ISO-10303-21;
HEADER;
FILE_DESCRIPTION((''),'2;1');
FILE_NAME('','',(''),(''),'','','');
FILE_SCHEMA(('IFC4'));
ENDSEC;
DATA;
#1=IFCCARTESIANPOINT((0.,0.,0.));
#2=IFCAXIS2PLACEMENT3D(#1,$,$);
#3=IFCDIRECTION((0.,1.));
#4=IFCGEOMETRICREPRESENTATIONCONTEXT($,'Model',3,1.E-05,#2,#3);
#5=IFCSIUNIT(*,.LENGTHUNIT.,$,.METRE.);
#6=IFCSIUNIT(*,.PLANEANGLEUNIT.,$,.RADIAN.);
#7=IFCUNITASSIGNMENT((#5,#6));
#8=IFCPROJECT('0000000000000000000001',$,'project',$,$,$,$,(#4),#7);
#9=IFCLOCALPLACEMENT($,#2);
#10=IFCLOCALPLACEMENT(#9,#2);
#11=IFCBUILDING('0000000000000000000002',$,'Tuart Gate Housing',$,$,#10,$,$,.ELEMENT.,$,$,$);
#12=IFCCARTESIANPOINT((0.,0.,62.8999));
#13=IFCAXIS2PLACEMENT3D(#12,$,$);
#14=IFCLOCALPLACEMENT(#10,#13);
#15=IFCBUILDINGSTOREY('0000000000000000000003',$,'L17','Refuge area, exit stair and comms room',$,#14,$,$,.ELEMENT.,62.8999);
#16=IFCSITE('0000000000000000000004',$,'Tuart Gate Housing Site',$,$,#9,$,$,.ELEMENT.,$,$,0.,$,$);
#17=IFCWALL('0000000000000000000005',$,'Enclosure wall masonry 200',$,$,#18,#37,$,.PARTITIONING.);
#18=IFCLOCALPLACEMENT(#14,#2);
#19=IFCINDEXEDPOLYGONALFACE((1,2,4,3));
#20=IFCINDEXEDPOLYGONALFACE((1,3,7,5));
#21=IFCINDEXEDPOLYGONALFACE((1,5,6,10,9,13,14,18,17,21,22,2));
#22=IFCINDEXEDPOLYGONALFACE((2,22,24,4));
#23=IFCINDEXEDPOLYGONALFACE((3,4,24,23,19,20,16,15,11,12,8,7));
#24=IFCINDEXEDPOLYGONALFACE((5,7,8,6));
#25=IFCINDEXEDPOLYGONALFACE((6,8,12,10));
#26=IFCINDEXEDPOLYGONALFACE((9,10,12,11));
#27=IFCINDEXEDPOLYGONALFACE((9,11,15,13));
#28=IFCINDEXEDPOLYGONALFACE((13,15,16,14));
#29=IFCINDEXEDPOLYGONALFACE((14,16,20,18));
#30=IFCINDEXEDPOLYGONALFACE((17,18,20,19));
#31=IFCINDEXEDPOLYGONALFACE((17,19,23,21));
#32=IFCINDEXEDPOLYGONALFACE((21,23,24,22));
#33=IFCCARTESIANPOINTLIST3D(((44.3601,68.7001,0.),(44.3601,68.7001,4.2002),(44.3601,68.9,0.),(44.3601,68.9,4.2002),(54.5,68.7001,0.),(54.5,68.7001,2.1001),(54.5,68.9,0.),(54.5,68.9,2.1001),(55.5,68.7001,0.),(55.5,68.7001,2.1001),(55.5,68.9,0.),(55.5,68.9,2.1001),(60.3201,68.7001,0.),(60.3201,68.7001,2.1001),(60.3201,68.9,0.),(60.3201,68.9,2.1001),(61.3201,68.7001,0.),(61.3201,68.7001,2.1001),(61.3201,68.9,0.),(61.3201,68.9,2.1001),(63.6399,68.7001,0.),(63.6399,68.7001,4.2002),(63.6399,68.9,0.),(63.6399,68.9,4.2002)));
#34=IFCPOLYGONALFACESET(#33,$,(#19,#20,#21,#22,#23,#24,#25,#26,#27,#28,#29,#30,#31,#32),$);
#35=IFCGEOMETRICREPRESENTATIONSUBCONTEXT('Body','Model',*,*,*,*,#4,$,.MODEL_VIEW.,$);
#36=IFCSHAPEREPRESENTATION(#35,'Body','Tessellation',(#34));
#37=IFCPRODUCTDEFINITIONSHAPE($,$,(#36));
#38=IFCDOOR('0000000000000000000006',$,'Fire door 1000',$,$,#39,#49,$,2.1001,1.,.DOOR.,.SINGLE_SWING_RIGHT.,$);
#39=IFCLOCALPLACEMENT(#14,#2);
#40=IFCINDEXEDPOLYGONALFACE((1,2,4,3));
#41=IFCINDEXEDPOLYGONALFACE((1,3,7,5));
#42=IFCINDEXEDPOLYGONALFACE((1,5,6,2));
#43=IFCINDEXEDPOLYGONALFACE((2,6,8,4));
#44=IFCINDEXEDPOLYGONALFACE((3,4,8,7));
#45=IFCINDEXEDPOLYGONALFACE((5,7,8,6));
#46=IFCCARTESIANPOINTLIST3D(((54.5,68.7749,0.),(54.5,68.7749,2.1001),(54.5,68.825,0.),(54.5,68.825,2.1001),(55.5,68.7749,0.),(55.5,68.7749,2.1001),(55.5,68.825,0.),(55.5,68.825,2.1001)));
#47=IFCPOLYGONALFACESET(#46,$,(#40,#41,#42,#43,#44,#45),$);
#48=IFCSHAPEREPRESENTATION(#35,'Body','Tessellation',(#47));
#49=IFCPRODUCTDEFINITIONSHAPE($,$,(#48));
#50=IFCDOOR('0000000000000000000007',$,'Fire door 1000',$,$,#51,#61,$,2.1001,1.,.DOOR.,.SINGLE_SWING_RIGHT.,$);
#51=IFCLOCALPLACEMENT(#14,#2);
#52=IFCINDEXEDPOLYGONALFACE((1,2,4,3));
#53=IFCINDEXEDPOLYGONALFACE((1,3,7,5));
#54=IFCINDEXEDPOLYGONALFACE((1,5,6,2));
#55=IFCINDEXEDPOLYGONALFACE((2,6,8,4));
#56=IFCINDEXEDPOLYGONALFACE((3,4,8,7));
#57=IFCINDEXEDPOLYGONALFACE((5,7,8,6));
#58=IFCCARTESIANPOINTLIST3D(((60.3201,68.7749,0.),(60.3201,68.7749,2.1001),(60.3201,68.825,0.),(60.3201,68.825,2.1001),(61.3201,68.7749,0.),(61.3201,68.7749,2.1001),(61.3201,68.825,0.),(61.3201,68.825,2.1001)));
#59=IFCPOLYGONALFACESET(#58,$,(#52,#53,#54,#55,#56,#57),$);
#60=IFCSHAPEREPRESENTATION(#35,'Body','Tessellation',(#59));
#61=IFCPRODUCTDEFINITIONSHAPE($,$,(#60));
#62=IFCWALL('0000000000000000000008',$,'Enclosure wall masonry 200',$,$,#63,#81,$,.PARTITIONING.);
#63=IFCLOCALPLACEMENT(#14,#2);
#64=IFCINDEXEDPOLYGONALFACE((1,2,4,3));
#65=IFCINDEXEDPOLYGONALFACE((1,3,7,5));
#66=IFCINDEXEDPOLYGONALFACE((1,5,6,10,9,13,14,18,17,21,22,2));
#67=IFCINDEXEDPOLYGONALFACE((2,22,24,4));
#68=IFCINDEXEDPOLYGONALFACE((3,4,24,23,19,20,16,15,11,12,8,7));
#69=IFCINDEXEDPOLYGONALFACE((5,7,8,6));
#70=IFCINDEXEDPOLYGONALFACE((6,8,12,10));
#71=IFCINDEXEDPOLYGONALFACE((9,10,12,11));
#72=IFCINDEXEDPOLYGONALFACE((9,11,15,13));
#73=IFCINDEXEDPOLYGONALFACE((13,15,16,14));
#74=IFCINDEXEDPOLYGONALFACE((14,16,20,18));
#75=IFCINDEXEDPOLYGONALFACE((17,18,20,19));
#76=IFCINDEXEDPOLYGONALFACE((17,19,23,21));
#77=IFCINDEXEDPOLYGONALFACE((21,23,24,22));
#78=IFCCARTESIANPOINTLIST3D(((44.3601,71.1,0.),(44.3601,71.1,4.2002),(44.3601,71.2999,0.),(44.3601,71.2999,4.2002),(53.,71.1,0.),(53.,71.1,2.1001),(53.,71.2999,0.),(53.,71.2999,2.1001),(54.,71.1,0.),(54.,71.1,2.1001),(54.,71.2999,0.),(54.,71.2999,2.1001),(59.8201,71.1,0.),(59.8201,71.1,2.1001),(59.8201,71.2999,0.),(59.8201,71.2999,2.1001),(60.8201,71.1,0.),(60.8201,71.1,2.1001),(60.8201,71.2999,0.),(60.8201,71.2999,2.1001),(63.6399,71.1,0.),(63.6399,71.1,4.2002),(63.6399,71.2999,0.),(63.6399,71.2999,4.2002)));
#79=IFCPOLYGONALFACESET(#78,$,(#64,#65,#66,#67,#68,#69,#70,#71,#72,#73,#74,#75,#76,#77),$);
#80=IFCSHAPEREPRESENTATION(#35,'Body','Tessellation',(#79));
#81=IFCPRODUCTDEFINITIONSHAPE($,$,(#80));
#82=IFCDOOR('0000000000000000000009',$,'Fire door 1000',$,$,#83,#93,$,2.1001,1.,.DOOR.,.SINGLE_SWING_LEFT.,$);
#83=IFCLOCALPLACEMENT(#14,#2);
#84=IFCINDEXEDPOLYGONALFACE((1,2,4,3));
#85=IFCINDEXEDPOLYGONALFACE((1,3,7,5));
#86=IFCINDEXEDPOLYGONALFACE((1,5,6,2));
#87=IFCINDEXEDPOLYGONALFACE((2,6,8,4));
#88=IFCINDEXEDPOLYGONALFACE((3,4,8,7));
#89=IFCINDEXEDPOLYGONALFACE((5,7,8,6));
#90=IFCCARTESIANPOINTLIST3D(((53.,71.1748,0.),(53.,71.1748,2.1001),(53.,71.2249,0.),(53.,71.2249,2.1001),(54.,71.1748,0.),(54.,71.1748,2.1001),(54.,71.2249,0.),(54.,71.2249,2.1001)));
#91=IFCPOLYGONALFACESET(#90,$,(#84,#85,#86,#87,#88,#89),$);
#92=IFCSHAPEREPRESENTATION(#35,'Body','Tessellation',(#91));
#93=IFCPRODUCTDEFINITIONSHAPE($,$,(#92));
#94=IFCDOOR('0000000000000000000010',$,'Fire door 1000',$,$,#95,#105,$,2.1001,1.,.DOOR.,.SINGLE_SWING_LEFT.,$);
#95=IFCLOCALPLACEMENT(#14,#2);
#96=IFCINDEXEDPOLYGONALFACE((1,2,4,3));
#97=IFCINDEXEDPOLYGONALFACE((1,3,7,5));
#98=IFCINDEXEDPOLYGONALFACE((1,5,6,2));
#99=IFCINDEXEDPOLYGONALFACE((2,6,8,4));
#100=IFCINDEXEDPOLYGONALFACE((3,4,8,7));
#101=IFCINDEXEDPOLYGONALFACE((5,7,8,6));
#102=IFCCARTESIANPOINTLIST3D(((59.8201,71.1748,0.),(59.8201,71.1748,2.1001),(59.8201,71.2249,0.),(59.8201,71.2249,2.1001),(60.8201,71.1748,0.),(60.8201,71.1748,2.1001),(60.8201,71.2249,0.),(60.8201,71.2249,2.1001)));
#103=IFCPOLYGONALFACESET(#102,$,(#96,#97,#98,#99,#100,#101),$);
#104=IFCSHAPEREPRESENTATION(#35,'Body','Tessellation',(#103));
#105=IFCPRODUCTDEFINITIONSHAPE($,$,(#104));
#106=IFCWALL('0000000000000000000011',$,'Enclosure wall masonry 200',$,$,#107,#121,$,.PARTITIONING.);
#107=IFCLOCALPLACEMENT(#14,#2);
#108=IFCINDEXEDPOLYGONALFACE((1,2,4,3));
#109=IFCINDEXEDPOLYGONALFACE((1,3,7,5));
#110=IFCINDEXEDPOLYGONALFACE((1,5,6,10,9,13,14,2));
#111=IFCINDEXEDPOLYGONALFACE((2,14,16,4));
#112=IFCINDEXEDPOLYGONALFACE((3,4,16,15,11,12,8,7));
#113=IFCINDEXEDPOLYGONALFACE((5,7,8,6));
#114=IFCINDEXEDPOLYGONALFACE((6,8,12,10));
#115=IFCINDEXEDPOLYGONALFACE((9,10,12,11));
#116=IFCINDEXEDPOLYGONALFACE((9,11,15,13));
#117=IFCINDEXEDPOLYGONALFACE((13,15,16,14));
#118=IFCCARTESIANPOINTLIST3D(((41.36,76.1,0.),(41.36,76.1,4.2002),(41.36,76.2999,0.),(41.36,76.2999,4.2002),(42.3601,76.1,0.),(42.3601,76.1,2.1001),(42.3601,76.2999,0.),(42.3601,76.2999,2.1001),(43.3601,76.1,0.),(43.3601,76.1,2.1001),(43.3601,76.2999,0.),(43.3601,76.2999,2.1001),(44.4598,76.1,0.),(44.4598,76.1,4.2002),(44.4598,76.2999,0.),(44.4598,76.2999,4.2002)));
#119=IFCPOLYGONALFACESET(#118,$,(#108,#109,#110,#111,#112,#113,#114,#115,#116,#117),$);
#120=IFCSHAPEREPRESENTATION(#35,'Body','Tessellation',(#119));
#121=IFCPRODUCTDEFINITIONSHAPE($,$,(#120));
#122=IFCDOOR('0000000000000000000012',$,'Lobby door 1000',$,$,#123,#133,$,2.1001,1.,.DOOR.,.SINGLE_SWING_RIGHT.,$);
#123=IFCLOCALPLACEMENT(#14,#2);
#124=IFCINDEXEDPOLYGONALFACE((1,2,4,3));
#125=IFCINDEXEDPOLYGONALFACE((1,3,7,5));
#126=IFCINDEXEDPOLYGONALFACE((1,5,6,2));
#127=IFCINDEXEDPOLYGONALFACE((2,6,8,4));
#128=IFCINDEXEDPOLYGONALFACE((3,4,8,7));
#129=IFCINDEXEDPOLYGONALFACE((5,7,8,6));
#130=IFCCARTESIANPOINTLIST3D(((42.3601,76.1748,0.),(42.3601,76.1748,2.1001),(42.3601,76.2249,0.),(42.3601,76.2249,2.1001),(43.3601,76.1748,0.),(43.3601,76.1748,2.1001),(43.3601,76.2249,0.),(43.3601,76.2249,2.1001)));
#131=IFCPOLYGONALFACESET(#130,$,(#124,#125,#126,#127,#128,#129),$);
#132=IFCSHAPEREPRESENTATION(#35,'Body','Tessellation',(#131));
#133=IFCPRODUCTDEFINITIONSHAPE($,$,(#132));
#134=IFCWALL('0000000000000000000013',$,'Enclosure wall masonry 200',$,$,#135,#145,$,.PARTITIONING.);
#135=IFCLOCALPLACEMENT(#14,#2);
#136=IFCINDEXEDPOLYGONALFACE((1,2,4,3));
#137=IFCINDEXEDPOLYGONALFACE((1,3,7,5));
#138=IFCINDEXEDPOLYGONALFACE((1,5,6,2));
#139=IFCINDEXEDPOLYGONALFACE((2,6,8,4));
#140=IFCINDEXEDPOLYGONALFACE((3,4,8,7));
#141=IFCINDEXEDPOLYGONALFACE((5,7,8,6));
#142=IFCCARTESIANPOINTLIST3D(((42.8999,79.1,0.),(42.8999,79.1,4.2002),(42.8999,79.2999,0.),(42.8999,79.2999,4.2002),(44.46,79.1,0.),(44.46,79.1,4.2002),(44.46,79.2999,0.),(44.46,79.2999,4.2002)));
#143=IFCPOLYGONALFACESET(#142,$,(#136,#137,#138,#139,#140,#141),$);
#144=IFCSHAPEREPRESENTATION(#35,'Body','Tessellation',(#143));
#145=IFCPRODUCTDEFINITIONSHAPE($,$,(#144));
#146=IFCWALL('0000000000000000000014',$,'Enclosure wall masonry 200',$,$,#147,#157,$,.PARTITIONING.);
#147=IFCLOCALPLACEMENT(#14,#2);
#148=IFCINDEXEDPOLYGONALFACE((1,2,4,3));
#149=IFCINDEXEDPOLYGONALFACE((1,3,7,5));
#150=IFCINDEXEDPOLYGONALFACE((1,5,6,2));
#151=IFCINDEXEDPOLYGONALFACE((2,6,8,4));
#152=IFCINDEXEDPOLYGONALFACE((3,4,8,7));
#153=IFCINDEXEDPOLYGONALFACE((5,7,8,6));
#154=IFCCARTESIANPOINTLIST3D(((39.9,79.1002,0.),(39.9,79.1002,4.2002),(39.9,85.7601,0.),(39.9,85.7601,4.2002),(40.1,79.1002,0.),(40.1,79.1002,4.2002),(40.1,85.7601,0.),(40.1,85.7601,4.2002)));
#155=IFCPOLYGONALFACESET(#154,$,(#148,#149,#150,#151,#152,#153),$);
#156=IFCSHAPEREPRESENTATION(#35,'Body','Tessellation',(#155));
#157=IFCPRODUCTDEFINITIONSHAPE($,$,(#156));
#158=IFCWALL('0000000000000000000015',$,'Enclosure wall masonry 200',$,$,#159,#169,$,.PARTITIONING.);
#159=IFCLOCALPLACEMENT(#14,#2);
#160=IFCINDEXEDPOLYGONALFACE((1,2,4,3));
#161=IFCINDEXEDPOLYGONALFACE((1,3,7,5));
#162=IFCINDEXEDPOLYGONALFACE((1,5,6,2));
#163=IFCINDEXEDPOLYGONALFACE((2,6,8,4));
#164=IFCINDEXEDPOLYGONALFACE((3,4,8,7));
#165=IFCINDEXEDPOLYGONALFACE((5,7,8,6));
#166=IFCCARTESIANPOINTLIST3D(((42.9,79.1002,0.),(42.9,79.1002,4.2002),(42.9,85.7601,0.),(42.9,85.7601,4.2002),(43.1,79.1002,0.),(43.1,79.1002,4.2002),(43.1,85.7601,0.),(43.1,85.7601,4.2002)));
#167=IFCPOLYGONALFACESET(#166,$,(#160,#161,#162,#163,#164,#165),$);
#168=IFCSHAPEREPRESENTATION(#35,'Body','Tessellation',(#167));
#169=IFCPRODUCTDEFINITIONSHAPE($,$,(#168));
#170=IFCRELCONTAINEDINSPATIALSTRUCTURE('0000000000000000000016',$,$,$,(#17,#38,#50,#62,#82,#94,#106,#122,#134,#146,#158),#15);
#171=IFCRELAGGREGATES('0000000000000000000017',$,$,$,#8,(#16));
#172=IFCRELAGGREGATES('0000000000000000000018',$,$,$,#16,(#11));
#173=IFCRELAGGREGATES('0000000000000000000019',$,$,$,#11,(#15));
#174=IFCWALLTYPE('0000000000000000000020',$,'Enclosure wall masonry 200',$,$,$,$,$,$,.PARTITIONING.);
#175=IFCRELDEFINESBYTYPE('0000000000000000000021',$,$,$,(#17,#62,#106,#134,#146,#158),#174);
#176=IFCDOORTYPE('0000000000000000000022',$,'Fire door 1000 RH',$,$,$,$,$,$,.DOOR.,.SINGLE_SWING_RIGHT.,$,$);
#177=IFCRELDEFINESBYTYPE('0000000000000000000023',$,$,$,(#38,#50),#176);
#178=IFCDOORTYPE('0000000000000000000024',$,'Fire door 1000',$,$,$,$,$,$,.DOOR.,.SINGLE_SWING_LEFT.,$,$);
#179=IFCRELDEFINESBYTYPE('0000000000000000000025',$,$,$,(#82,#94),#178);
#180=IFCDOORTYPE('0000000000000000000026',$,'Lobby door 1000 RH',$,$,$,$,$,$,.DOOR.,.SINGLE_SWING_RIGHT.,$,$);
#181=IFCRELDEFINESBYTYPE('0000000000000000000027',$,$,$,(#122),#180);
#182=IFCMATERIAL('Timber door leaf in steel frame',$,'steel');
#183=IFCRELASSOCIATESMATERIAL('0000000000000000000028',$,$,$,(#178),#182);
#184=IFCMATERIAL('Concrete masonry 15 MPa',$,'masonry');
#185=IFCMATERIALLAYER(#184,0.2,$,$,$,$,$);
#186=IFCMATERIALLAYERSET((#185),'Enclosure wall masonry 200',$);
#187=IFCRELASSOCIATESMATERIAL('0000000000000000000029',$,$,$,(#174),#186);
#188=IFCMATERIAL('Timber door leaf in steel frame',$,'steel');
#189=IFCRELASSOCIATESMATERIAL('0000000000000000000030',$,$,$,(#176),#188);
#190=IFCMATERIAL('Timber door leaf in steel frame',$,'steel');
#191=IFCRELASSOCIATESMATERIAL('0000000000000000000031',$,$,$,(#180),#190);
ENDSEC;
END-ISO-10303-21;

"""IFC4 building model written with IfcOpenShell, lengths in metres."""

from ifc_helpers import new_model, si_unit, direction, frame, frame_2d, origin, place, context, subcontext, project, spatial, rectangle, extrude, material, layer, layer_set, type_object, element, fill, save


model = new_model("IFC4")

# Units and contexts
model_context = context("Model", 3, precision=1e-05, world=origin(), true_north=direction((0.0, 1.0)))
body_context = subcontext(model_context, "Body", "Model", "MODEL_VIEW")
ifc_project = project(units=[si_unit("LENGTHUNIT", "METRE"), si_unit("PLANEANGLEUNIT", "RADIAN")], contexts=[model_context])

# Site, building, storey
site_placement = place(None, origin())
site = spatial("IfcSite", under=ifc_project, at=site_placement, Name="Tuart Gate Housing Site", CompositionType="ELEMENT", RefElevation=0.0)
building_placement = place(site_placement, origin())
building = spatial("IfcBuilding", under=site, at=building_placement, Name="Tuart Gate Housing", CompositionType="ELEMENT")
storey_placement = place(building_placement, frame((0.0, 0.0, 62.8999)))
storey = spatial("IfcBuildingStorey", under=building, at=storey_placement, Name="L17", Description="Refuge area, exit stair and comms room", CompositionType="ELEMENT", Elevation=62.8999)

# Shared definitions
ifc_material_1 = material(Name="Timber door leaf in steel frame", Category="steel")
door_type_1 = type_object("IfcDoorType", Name="Fire door 1000", OperationType="SINGLE_SWING_LEFT", PredefinedType="DOOR", material=ifc_material_1)

# Walls, openings, doors
ifc_material_2 = material(Name="Concrete masonry 15 MPa", Category="masonry")
ifc_layer_1 = layer(ifc_material_2, 0.2)
ifc_layer_set_1 = layer_set([ifc_layer_1], Name="Enclosure wall masonry 200")
wall_type_1 = type_object("IfcWallType", Name="Enclosure wall masonry 200", PredefinedType="PARTITIONING", material=ifc_layer_set_1)
wall_1_placement = place(storey_placement, frame((44.3601, 68.8, 0.0), z_axis=(0.0, 0.0, 1.0), x_axis=(1.0, 0.0, 0.0)))
wall_1 = element("IfcWall", 1, at=wall_1_placement, inside=storey, type_object=wall_type_1, Name="Enclosure wall masonry 200", PredefinedType="PARTITIONING", context=body_context, shape_type="SweptSolid", body=[
    extrude(rectangle(XDim=19.2798, YDim=0.2, at=frame_2d((9.6399, 0.0))), origin(), (0.0, 0.0, 1.0), 4.2002),
])
opening_1_placement = place(wall_1_placement, frame((10.1399, 0.0, 0.0)))
opening_1 = element("IfcOpeningElement", 2, at=opening_1_placement, cuts=wall_1, PredefinedType="OPENING", context=body_context, shape_type="SweptSolid", body=[
    extrude(rectangle(XDim=1.0, YDim=2.1001, at=frame_2d((0.5, 1.05))), frame((0.0, 0.1099, 0.0), z_axis=(0.0, -1.0, 0.0), x_axis=(1.0, 0.0, 0.0)), (0.0, 0.0, 1.0), 0.22),
])
opening_2_placement = place(wall_1_placement, frame((15.96, 0.0, 0.0)))
opening_2 = element("IfcOpeningElement", 3, at=opening_2_placement, cuts=wall_1, PredefinedType="OPENING", context=body_context, shape_type="SweptSolid", body=[
    extrude(rectangle(XDim=1.0, YDim=2.1001, at=frame_2d((0.5, 1.05))), frame((0.0, 0.1099, 0.0), z_axis=(0.0, -1.0, 0.0), x_axis=(1.0, 0.0, 0.0)), (0.0, 0.0, 1.0), 0.22),
])
ifc_material_3 = material(Name="Timber door leaf in steel frame", Category="steel")
door_type_2 = type_object("IfcDoorType", Name="Fire door 1000 RH", OperationType="SINGLE_SWING_RIGHT", PredefinedType="DOOR", material=ifc_material_3)
door_1_placement = place(opening_1_placement, frame((1.0, 0.0, 0.0), z_axis=(0.0, 0.0, 1.0), x_axis=(-1.0, 0.0, 0.0)))
door_1 = element("IfcDoor", 4, at=door_1_placement, inside=storey, type_object=door_type_2, Name="Fire door 1000", OperationType="SINGLE_SWING_RIGHT", OverallHeight=2.1001, OverallWidth=1.0, PredefinedType="DOOR", context=body_context, shape_type="SweptSolid", body=[
    extrude(rectangle(XDim=1.0, YDim=2.1001, at=frame_2d((0.5, 1.05))), frame((0.0, 0.0251, 0.0), z_axis=(0.0, -1.0, 0.0), x_axis=(1.0, 0.0, 0.0)), (0.0, 0.0, 1.0), 0.05),
])
fill(opening_1, door_1)
door_2_placement = place(opening_2_placement, frame((1.0, 0.0, 0.0), z_axis=(0.0, 0.0, 1.0), x_axis=(-1.0, 0.0, 0.0)))
door_2 = element("IfcDoor", 5, at=door_2_placement, inside=storey, type_object=door_type_2, Name="Fire door 1000", OperationType="SINGLE_SWING_RIGHT", OverallHeight=2.1001, OverallWidth=1.0, PredefinedType="DOOR", context=body_context, shape_type="SweptSolid", body=[
    extrude(rectangle(XDim=1.0, YDim=2.1001, at=frame_2d((0.5, 1.05))), frame((0.0, 0.0251, 0.0), z_axis=(0.0, -1.0, 0.0), x_axis=(1.0, 0.0, 0.0)), (0.0, 0.0, 1.0), 0.05),
])
fill(opening_2, door_2)
wall_2_placement = place(storey_placement, frame((44.3601, 71.2, 0.0), z_axis=(0.0, 0.0, 1.0), x_axis=(1.0, 0.0, 0.0)))
wall_2 = element("IfcWall", 6, at=wall_2_placement, inside=storey, type_object=wall_type_1, Name="Enclosure wall masonry 200", PredefinedType="PARTITIONING", context=body_context, shape_type="SweptSolid", body=[
    extrude(rectangle(XDim=19.2798, YDim=0.2, at=frame_2d((9.6399, 0.0))), origin(), (0.0, 0.0, 1.0), 4.2002),
])
opening_3_placement = place(wall_2_placement, frame((8.6399, 0.0, 0.0)))
opening_3 = element("IfcOpeningElement", 7, at=opening_3_placement, cuts=wall_2, PredefinedType="OPENING", context=body_context, shape_type="SweptSolid", body=[
    extrude(rectangle(XDim=1.0, YDim=2.1001, at=frame_2d((0.5, 1.05))), frame((0.0, 0.1099, 0.0), z_axis=(0.0, -1.0, 0.0), x_axis=(1.0, 0.0, 0.0)), (0.0, 0.0, 1.0), 0.22),
])
opening_4_placement = place(wall_2_placement, frame((15.46, 0.0, 0.0)))
opening_4 = element("IfcOpeningElement", 8, at=opening_4_placement, cuts=wall_2, PredefinedType="OPENING", context=body_context, shape_type="SweptSolid", body=[
    extrude(rectangle(XDim=1.0, YDim=2.1001, at=frame_2d((0.5, 1.05))), frame((0.0, 0.1099, 0.0), z_axis=(0.0, -1.0, 0.0), x_axis=(1.0, 0.0, 0.0)), (0.0, 0.0, 1.0), 0.22),
])
door_3_placement = place(opening_3_placement, origin())
door_3 = element("IfcDoor", 9, at=door_3_placement, inside=storey, type_object=door_type_1, Name="Fire door 1000", OperationType="SINGLE_SWING_LEFT", OverallHeight=2.1001, OverallWidth=1.0, PredefinedType="DOOR", context=body_context, shape_type="SweptSolid", body=[
    extrude(rectangle(XDim=1.0, YDim=2.1001, at=frame_2d((0.5, 1.05))), frame((0.0, 0.0249, 0.0), z_axis=(0.0, -1.0, 0.0), x_axis=(1.0, 0.0, 0.0)), (0.0, 0.0, 1.0), 0.05),
])
fill(opening_3, door_3)
door_4_placement = place(opening_4_placement, origin())
door_4 = element("IfcDoor", 10, at=door_4_placement, inside=storey, type_object=door_type_1, Name="Fire door 1000", OperationType="SINGLE_SWING_LEFT", OverallHeight=2.1001, OverallWidth=1.0, PredefinedType="DOOR", context=body_context, shape_type="SweptSolid", body=[
    extrude(rectangle(XDim=1.0, YDim=2.1001, at=frame_2d((0.5, 1.05))), frame((0.0, 0.0249, 0.0), z_axis=(0.0, -1.0, 0.0), x_axis=(1.0, 0.0, 0.0)), (0.0, 0.0, 1.0), 0.05),
])
fill(opening_4, door_4)

# Wall, opening, door
wall_3_placement = place(storey_placement, frame((41.3601, 76.2, 0.0), z_axis=(0.0, 0.0, 1.0), x_axis=(1.0, 0.0, 0.0)))
wall_3 = element("IfcWall", 11, at=wall_3_placement, inside=storey, type_object=wall_type_1, Name="Enclosure wall masonry 200", PredefinedType="PARTITIONING", context=body_context, shape_type="SweptSolid", body=[
    extrude(rectangle(XDim=3.0999, YDim=0.2, at=frame_2d((1.5498, 0.0))), origin(), (0.0, 0.0, 1.0), 4.2002),
])
opening_5_placement = place(wall_3_placement, frame((1.0, 0.0, 0.0)))
opening_5 = element("IfcOpeningElement", 12, at=opening_5_placement, cuts=wall_3, PredefinedType="OPENING", context=body_context, shape_type="SweptSolid", body=[
    extrude(rectangle(XDim=1.0, YDim=2.1001, at=frame_2d((0.5, 1.05))), frame((0.0, 0.1099, 0.0), z_axis=(0.0, -1.0, 0.0), x_axis=(1.0, 0.0, 0.0)), (0.0, 0.0, 1.0), 0.22),
])
ifc_material_4 = material(Name="Timber door leaf in steel frame", Category="steel")
door_type_3 = type_object("IfcDoorType", Name="Lobby door 1000 RH", OperationType="SINGLE_SWING_RIGHT", PredefinedType="DOOR", material=ifc_material_4)
door_5_placement = place(opening_5_placement, origin())
door_5 = element("IfcDoor", 13, at=door_5_placement, inside=storey, type_object=door_type_3, Name="Lobby door 1000", OperationType="SINGLE_SWING_RIGHT", OverallHeight=2.1001, OverallWidth=1.0, PredefinedType="DOOR", context=body_context, shape_type="SweptSolid", body=[
    extrude(rectangle(XDim=1.0, YDim=2.1001, at=frame_2d((0.5, 1.05))), frame((0.0, 0.0249, 0.0), z_axis=(0.0, -1.0, 0.0), x_axis=(1.0, 0.0, 0.0)), (0.0, 0.0, 1.0), 0.05),
])
fill(opening_5, door_5)

# Walls
wall_4_placement = place(storey_placement, frame((42.8999, 79.2, 0.0), z_axis=(0.0, 0.0, 1.0), x_axis=(1.0, 0.0, 0.0)))
element("IfcWall", 14, at=wall_4_placement, inside=storey, type_object=wall_type_1, Name="Enclosure wall masonry 200", PredefinedType="PARTITIONING", context=body_context, shape_type="SweptSolid", body=[
    extrude(rectangle(XDim=1.5601, YDim=0.2, at=frame_2d((0.78, 0.0))), origin(), (0.0, 0.0, 1.0), 4.2002),
])
for number, where, z_axis, x_axis, name in (
    (15, (40.0, 79.1001, 0.0), (0.0, 0.0, 1.0), (0.0, 1.0, 0.0), "Enclosure wall masonry 200"),
    (16, (43.0, 79.1001, 0.0), (0.0, 0.0, 1.0), (0.0, 1.0, 0.0), "Enclosure wall masonry 200"),
):
    element("IfcWall", number, at=place(storey_placement, frame(where, z_axis=z_axis, x_axis=x_axis)), inside=storey, type_object=wall_type_1, Name=name, PredefinedType="PARTITIONING", context=body_context, shape_type="SweptSolid", body=[
        extrude(rectangle(XDim=6.6599, YDim=0.2, at=frame_2d((3.3301, 0.0))), origin(), (0.0, 0.0, 1.0), 4.2002),
    ])

save(model, "model.ifc")
